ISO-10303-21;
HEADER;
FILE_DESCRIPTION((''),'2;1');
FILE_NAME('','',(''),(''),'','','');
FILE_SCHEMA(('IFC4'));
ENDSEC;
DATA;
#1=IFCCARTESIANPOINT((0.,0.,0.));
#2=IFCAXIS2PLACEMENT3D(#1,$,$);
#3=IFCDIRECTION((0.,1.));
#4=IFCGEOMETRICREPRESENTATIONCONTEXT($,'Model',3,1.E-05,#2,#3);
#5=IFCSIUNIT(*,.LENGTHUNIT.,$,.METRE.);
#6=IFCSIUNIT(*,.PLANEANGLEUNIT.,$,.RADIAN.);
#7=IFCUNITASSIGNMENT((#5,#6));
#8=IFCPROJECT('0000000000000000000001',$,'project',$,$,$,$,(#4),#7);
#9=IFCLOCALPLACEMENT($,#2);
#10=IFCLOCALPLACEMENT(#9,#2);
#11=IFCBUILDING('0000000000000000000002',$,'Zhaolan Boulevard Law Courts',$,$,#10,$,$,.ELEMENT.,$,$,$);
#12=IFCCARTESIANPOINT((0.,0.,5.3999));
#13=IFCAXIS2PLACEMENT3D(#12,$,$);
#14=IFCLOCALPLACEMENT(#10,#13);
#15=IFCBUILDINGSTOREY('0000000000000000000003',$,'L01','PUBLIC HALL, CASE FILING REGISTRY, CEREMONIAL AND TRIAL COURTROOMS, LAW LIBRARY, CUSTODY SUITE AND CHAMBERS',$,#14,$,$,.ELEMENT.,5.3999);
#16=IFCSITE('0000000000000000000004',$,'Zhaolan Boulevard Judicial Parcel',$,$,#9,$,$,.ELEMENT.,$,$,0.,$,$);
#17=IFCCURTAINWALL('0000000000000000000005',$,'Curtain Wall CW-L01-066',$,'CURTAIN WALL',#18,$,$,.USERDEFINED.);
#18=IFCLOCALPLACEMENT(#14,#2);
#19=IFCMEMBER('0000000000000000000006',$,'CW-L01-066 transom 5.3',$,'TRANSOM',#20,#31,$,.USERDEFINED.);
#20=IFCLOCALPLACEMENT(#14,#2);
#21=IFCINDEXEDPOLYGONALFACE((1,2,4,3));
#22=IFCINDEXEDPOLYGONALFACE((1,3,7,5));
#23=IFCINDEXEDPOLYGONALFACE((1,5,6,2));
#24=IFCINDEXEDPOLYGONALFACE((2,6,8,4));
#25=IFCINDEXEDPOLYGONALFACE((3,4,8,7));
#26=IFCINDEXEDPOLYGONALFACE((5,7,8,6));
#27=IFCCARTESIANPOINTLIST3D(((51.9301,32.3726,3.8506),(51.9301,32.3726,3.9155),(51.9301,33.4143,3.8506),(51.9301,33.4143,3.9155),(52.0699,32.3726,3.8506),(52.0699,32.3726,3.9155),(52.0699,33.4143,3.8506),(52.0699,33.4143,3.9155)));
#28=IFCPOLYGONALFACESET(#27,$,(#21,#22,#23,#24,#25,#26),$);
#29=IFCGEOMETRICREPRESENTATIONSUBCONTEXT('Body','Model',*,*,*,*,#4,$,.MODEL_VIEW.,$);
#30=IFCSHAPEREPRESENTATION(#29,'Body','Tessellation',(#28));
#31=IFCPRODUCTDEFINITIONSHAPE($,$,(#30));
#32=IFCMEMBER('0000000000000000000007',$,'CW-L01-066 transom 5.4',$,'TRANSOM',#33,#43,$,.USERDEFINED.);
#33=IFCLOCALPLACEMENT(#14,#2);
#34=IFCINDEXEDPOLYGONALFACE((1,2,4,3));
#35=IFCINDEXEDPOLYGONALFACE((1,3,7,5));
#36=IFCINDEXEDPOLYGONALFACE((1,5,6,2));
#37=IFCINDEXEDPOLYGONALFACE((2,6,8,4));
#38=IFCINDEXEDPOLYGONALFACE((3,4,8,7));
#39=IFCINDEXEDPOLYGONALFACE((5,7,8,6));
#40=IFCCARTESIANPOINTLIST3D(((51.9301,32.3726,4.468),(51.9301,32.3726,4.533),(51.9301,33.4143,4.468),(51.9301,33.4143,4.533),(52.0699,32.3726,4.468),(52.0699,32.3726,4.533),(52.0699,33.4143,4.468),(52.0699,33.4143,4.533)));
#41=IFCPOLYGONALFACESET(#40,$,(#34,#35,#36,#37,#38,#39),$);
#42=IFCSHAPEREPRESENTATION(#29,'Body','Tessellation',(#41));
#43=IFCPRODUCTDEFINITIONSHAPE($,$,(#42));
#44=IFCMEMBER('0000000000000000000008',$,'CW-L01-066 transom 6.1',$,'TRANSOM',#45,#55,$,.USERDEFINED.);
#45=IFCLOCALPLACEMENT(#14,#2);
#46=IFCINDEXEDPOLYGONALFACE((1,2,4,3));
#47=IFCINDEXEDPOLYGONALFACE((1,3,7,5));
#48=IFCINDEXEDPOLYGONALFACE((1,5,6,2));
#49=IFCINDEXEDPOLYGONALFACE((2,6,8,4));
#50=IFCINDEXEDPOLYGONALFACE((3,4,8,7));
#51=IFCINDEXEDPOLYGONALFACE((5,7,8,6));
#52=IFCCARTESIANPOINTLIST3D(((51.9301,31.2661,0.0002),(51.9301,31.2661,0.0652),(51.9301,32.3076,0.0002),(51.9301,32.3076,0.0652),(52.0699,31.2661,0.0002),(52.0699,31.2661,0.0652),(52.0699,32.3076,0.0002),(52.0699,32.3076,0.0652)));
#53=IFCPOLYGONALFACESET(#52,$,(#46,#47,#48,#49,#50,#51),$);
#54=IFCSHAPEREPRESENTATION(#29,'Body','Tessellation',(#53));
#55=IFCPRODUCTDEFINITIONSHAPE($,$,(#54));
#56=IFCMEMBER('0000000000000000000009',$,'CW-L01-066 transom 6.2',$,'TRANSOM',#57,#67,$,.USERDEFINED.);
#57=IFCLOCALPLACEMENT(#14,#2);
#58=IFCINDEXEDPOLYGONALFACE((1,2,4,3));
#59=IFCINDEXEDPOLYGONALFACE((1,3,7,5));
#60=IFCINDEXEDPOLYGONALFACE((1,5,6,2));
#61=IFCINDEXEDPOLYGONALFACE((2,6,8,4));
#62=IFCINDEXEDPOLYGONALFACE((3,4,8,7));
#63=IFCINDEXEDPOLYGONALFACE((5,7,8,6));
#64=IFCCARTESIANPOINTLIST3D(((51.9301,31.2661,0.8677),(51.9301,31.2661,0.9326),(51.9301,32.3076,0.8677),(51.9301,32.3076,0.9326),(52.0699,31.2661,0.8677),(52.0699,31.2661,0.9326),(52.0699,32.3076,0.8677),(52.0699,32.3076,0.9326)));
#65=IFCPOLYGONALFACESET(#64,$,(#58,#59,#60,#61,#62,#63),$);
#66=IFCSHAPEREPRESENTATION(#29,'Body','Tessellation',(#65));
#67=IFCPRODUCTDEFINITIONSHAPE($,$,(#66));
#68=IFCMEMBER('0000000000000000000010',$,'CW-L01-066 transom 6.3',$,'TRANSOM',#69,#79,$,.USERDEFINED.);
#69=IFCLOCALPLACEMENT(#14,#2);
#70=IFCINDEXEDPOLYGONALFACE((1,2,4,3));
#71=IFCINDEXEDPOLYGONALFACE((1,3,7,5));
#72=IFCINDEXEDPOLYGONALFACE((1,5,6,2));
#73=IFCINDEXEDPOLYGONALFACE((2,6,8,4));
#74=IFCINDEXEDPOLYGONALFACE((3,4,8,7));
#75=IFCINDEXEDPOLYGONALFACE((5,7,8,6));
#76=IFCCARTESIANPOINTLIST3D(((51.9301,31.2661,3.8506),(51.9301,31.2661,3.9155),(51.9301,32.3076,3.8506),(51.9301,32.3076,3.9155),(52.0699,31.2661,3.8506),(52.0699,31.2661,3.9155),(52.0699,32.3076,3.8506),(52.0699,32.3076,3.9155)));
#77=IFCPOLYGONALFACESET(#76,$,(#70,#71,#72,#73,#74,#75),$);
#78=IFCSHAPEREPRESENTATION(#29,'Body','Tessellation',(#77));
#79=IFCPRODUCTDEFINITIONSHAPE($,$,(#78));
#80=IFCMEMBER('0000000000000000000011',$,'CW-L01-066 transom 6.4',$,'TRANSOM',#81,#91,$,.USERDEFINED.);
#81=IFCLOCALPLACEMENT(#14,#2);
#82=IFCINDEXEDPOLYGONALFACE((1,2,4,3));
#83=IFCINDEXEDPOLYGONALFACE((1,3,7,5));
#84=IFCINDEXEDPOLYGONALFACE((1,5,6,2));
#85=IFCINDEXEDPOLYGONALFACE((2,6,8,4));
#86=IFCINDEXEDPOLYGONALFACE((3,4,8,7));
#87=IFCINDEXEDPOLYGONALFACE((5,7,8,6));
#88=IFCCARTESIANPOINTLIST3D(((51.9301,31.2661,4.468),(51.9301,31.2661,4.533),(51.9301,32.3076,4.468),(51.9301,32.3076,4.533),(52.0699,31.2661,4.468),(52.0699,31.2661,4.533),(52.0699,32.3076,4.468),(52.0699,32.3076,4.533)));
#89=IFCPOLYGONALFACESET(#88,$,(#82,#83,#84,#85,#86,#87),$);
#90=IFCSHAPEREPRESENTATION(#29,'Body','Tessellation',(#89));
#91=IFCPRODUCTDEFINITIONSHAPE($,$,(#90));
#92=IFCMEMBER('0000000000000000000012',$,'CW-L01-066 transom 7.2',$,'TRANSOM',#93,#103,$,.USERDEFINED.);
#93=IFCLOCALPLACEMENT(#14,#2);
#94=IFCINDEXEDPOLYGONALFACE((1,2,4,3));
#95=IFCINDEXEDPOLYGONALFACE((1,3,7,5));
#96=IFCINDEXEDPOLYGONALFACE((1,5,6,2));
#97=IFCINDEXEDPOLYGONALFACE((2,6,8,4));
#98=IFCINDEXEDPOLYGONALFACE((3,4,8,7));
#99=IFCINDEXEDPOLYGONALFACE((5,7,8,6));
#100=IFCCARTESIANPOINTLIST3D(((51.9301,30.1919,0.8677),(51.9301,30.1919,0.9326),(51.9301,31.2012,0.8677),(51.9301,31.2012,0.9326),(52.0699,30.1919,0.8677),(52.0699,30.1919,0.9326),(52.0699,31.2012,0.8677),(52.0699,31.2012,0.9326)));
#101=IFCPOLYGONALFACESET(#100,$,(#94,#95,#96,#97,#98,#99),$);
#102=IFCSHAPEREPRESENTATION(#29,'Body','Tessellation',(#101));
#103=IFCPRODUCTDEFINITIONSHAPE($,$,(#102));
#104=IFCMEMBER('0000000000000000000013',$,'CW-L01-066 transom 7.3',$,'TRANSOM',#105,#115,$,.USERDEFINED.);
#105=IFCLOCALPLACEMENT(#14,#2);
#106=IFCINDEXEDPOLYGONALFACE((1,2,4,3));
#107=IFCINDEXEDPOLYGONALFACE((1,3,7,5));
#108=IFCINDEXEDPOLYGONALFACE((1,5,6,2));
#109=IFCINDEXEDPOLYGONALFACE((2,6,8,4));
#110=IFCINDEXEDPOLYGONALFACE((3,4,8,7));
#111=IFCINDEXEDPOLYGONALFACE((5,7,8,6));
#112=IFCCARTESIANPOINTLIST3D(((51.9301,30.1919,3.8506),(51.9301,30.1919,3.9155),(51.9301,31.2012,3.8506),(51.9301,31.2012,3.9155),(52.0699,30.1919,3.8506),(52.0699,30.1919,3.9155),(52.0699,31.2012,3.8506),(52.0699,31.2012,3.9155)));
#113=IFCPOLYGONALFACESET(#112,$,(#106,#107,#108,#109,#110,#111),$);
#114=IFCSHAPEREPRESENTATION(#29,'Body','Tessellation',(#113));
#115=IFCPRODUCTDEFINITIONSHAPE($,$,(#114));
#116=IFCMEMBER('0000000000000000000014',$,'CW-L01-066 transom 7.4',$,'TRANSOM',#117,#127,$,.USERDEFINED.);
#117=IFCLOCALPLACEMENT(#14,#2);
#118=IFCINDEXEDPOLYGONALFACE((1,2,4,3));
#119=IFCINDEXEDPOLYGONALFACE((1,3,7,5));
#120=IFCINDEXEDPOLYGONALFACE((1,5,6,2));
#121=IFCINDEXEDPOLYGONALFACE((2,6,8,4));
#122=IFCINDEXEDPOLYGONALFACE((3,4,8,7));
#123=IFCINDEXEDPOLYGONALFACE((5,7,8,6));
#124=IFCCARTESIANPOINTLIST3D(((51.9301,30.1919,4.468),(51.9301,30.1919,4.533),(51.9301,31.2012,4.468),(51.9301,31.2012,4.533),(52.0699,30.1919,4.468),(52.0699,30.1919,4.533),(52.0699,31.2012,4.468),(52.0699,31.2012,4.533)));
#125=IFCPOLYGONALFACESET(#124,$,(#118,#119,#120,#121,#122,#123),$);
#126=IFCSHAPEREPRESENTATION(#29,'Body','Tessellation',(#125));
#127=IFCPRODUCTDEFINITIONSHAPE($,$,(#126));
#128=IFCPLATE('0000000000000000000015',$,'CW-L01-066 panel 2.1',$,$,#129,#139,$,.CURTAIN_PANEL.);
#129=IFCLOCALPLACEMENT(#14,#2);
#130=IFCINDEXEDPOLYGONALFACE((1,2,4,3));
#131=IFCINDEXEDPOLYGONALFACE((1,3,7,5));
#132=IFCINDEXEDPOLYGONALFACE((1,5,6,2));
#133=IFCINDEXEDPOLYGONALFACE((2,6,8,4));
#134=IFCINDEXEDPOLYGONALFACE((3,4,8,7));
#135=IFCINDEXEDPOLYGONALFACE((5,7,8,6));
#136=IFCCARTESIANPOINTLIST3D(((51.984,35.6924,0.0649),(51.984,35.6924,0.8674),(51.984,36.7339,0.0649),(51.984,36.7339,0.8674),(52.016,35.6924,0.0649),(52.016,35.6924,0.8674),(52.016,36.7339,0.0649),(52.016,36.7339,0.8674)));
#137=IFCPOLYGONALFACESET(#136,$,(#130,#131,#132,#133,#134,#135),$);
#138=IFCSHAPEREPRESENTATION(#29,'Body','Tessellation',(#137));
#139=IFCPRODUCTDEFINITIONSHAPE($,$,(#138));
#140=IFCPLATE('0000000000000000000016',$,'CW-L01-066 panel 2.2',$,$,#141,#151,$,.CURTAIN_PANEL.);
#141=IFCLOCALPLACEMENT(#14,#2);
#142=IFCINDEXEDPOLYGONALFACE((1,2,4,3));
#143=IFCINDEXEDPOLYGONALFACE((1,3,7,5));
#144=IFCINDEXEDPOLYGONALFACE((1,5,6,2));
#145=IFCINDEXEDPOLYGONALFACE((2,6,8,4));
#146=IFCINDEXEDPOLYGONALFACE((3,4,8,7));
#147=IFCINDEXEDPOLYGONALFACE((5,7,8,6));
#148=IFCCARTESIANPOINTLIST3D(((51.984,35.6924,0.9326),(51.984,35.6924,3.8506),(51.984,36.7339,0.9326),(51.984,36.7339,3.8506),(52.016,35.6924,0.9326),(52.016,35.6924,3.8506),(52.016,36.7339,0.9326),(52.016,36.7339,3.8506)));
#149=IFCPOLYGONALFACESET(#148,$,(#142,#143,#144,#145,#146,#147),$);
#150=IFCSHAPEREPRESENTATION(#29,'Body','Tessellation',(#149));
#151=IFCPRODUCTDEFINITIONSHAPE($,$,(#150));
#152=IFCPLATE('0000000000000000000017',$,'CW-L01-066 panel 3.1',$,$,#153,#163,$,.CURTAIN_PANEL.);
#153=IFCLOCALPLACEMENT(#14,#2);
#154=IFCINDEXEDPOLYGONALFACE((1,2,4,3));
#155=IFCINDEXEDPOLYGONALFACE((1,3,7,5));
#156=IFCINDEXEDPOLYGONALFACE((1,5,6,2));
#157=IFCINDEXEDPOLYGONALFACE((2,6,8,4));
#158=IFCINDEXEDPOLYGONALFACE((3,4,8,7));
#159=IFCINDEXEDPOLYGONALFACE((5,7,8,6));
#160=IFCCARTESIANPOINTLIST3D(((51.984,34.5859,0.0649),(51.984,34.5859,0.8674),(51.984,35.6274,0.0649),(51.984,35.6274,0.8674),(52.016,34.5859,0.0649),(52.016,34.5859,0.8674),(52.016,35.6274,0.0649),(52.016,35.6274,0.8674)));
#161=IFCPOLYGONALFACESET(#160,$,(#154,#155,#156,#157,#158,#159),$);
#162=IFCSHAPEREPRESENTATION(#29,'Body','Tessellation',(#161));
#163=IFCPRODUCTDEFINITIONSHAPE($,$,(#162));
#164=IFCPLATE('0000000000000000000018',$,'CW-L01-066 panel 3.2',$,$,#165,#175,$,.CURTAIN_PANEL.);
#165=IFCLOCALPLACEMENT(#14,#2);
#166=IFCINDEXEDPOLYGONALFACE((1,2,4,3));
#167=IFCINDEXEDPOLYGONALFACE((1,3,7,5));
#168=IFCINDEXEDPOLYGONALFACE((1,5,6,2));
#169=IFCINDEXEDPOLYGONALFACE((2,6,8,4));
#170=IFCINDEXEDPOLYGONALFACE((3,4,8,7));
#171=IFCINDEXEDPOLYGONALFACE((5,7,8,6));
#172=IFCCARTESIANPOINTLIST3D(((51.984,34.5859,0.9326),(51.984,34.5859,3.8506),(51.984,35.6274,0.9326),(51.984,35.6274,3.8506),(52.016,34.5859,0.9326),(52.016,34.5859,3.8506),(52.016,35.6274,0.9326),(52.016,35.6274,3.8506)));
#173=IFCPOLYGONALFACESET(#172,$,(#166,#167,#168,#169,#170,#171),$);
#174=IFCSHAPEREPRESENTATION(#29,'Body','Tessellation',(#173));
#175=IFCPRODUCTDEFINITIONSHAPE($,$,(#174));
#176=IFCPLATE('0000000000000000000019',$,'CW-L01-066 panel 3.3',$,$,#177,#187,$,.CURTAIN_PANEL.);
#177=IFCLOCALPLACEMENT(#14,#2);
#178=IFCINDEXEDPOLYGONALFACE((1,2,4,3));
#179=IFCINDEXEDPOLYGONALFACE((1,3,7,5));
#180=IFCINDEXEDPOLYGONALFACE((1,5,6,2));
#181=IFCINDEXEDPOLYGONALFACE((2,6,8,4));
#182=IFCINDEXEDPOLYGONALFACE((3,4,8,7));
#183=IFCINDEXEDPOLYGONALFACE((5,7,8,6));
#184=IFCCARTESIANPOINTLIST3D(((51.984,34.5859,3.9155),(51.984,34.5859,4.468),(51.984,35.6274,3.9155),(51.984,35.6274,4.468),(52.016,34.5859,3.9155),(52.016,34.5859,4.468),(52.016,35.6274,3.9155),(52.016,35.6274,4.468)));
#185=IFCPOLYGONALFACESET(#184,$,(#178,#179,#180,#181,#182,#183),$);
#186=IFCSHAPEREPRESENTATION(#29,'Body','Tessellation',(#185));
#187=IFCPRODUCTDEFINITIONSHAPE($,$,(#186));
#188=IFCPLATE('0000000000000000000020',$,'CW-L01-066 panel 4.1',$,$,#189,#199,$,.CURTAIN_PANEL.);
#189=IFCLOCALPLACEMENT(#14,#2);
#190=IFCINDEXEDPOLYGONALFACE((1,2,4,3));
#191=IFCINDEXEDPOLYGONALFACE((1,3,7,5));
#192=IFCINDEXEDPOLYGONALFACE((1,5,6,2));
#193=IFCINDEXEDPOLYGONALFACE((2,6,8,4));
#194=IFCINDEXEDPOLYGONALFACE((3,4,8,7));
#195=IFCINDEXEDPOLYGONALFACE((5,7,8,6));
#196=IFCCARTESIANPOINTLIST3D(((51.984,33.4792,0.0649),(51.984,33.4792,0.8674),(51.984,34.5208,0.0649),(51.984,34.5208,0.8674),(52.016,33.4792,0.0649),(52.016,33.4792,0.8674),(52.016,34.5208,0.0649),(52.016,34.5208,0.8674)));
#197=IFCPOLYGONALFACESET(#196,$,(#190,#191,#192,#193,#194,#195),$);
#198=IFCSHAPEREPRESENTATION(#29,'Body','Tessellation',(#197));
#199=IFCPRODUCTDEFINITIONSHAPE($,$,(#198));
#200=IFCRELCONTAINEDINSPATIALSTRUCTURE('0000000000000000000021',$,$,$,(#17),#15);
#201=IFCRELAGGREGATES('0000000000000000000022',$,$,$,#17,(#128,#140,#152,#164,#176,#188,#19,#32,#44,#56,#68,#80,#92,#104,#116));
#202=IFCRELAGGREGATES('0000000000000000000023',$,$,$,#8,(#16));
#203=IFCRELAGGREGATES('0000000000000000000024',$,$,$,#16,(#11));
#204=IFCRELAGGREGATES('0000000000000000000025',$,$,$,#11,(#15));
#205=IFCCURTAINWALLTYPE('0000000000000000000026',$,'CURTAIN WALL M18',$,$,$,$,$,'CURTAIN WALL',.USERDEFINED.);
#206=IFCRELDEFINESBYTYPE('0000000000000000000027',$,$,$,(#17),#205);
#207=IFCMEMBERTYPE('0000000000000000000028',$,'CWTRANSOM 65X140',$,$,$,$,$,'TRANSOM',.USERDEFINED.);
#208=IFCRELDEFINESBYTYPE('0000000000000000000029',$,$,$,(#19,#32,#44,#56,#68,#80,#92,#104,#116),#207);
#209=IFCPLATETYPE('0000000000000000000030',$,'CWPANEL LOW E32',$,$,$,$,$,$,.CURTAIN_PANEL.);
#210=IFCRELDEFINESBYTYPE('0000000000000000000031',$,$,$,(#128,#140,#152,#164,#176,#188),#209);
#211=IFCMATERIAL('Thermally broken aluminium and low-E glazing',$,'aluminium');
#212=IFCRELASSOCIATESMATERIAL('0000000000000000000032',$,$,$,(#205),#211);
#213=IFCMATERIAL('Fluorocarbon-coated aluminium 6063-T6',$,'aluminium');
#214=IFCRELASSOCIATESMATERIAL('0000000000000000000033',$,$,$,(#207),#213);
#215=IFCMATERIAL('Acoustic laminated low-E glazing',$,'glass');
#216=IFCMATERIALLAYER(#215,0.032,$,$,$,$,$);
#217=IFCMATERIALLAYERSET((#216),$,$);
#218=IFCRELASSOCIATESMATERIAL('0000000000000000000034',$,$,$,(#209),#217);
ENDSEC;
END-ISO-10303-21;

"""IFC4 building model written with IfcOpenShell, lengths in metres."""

from ifc_helpers import new_model, si_unit, direction, frame, origin, origin_2d, place, context, subcontext, project, spatial, rectangle, extrude, material, layer, layer_set, material_profile, profile_set, type_object, element, aggregate, save


model = new_model("IFC4")

# Units and contexts
model_context = context("Model", 3, precision=1e-05, world=origin(), true_north=direction((0.0, 1.0)))
body_context = subcontext(model_context, "Body", "Model", "MODEL_VIEW")
ifc_project = project(units=[si_unit("LENGTHUNIT", "METRE"), si_unit("PLANEANGLEUNIT", "RADIAN")], contexts=[model_context])

# Site, building, storey
site_placement = place(None, origin())
site = spatial("IfcSite", under=ifc_project, at=site_placement, Name="Zhaolan Boulevard Judicial Parcel", CompositionType="ELEMENT", RefElevation=0.0)
building_placement = place(site_placement, origin())
building = spatial("IfcBuilding", under=site, at=building_placement, Name="Zhaolan Boulevard Law Courts", CompositionType="ELEMENT")
storey_placement = place(building_placement, frame((0.0, 0.0, 5.3999)))
storey = spatial("IfcBuildingStorey", under=building, at=storey_placement, Name="L01", Description="PUBLIC HALL, CASE FILING REGISTRY, CEREMONIAL AND TRIAL COURTROOMS, LAW LIBRARY, CUSTODY SUITE AND CHAMBERS", CompositionType="ELEMENT", Elevation=5.3999)

# Curtain wall, members, plates
ifc_material_1 = material(Name="Thermally broken aluminium and low-E glazing", Category="aluminium")
curtain_wall_type = type_object("IfcCurtainWallType", Name="CURTAIN WALL M18", ElementType="CURTAIN WALL", PredefinedType="USERDEFINED", material=ifc_material_1)
curtain_wall_placement = place(storey_placement, origin())
curtain_wall = element("IfcCurtainWall", 1, at=curtain_wall_placement, inside=storey, type_object=curtain_wall_type, Name="Curtain Wall CW-L01-066", ObjectType="CURTAIN WALL", PredefinedType="USERDEFINED")
ifc_material_2 = material(Name="Fluorocarbon-coated aluminium 6063-T6", Category="aluminium")
ifc_material_profile_1 = material_profile(ifc_material_2, rectangle(XDim=0.1399, YDim=0.0649, at=origin_2d()), Name="AL65x140")
ifc_profile_set_1 = profile_set([ifc_material_profile_1], Name="Fluorocarbon-coated aluminium 6063-T6")
member_type_1 = type_object("IfcMemberType", Name="CWTRANSOM 65X140", ElementType="TRANSOM", PredefinedType="USERDEFINED", material=ifc_profile_set_1)
member_1_placement = place(storey_placement, frame((52.0, 33.4143, 3.8831), z_axis=(0.0, -1.0, 0.0), x_axis=(1.0, 0.0, 0.0)))
member_1 = element("IfcMember", 2, at=member_1_placement, type_object=member_type_1, Name="CW-L01-066 transom 5.3", ObjectType="TRANSOM", PredefinedType="USERDEFINED", context=body_context, shape_type="SweptSolid", body=[
    extrude(rectangle(XDim=0.1399, YDim=0.0649, at=origin_2d()), origin(), (0.0, 0.0, 1.0), 1.0417),
])
member_2_placement = place(storey_placement, frame((52.0, 33.4143, 4.5005), z_axis=(0.0, -1.0, 0.0), x_axis=(1.0, 0.0, 0.0)))
member_2 = element("IfcMember", 3, at=member_2_placement, type_object=member_type_1, Name="CW-L01-066 transom 5.4", ObjectType="TRANSOM", PredefinedType="USERDEFINED", context=body_context, shape_type="SweptSolid", body=[
    extrude(rectangle(XDim=0.1399, YDim=0.0649, at=origin_2d()), origin(), (0.0, 0.0, 1.0), 1.0417),
])
member_3_placement = place(storey_placement, frame((52.0, 32.3076, 0.0327), z_axis=(0.0, -1.0, 0.0), x_axis=(1.0, 0.0, 0.0)))
member_3 = element("IfcMember", 4, at=member_3_placement, type_object=member_type_1, Name="CW-L01-066 transom 6.1", ObjectType="TRANSOM", PredefinedType="USERDEFINED", context=body_context, shape_type="SweptSolid", body=[
    extrude(rectangle(XDim=0.1399, YDim=0.0649, at=origin_2d()), origin(), (0.0, 0.0, 1.0), 1.0415),
])
member_4_placement = place(storey_placement, frame((52.0, 32.3076, 0.9001), z_axis=(0.0, -1.0, 0.0), x_axis=(1.0, 0.0, 0.0)))
member_4 = element("IfcMember", 5, at=member_4_placement, type_object=member_type_1, Name="CW-L01-066 transom 6.2", ObjectType="TRANSOM", PredefinedType="USERDEFINED", context=body_context, shape_type="SweptSolid", body=[
    extrude(rectangle(XDim=0.1399, YDim=0.0649, at=origin_2d()), origin(), (0.0, 0.0, 1.0), 1.0415),
])
member_5_placement = place(storey_placement, frame((52.0, 32.3076, 3.8831), z_axis=(0.0, -1.0, 0.0), x_axis=(1.0, 0.0, 0.0)))
member_5 = element("IfcMember", 6, at=member_5_placement, type_object=member_type_1, Name="CW-L01-066 transom 6.3", ObjectType="TRANSOM", PredefinedType="USERDEFINED", context=body_context, shape_type="SweptSolid", body=[
    extrude(rectangle(XDim=0.1399, YDim=0.0649, at=origin_2d()), origin(), (0.0, 0.0, 1.0), 1.0415),
])
member_6_placement = place(storey_placement, frame((52.0, 32.3076, 4.5005), z_axis=(0.0, -1.0, 0.0), x_axis=(1.0, 0.0, 0.0)))
member_6 = element("IfcMember", 7, at=member_6_placement, type_object=member_type_1, Name="CW-L01-066 transom 6.4", ObjectType="TRANSOM", PredefinedType="USERDEFINED", context=body_context, shape_type="SweptSolid", body=[
    extrude(rectangle(XDim=0.1399, YDim=0.0649, at=origin_2d()), origin(), (0.0, 0.0, 1.0), 1.0415),
])
member_7_placement = place(storey_placement, frame((52.0, 31.2012, 0.9001), z_axis=(0.0, -1.0, 0.0), x_axis=(1.0, 0.0, 0.0)))
member_7 = element("IfcMember", 8, at=member_7_placement, type_object=member_type_1, Name="CW-L01-066 transom 7.2", ObjectType="TRANSOM", PredefinedType="USERDEFINED", context=body_context, shape_type="SweptSolid", body=[
    extrude(rectangle(XDim=0.1399, YDim=0.0649, at=origin_2d()), origin(), (0.0, 0.0, 1.0), 1.0093),
])
member_8_placement = place(storey_placement, frame((52.0, 31.2012, 3.8831), z_axis=(0.0, -1.0, 0.0), x_axis=(1.0, 0.0, 0.0)))
member_8 = element("IfcMember", 9, at=member_8_placement, type_object=member_type_1, Name="CW-L01-066 transom 7.3", ObjectType="TRANSOM", PredefinedType="USERDEFINED", context=body_context, shape_type="SweptSolid", body=[
    extrude(rectangle(XDim=0.1399, YDim=0.0649, at=origin_2d()), origin(), (0.0, 0.0, 1.0), 1.0093),
])
member_9_placement = place(storey_placement, frame((52.0, 31.2012, 4.5005), z_axis=(0.0, -1.0, 0.0), x_axis=(1.0, 0.0, 0.0)))
member_9 = element("IfcMember", 10, at=member_9_placement, type_object=member_type_1, Name="CW-L01-066 transom 7.4", ObjectType="TRANSOM", PredefinedType="USERDEFINED", context=body_context, shape_type="SweptSolid", body=[
    extrude(rectangle(XDim=0.1399, YDim=0.0649, at=origin_2d()), origin(), (0.0, 0.0, 1.0), 1.0093),
])
ifc_material_3 = material(Name="Acoustic laminated low-E glazing", Category="glass")
ifc_layer = layer(ifc_material_3, 0.032)
ifc_layer_set = layer_set([ifc_layer])
plate_type = type_object("IfcPlateType", Name="CWPANEL LOW E32", PredefinedType="CURTAIN_PANEL", material=ifc_layer_set)
plate_1_placement = place(storey_placement, frame((52.0, 36.2131, 0.0649), z_axis=(0.0, 0.0, 1.0), x_axis=(0.0, -1.0, 0.0)))
plate_1 = element("IfcPlate", 11, at=plate_1_placement, type_object=plate_type, Name="CW-L01-066 panel 2.1", PredefinedType="CURTAIN_PANEL", context=body_context, shape_type="SweptSolid", body=[
    extrude(rectangle(XDim=1.0415, YDim=0.032, at=origin_2d()), origin(), (0.0, 0.0, 1.0), 0.8025),
])
plate_2_placement = place(storey_placement, frame((52.0, 36.2131, 0.9326), z_axis=(0.0, 0.0, 1.0), x_axis=(0.0, -1.0, 0.0)))
plate_2 = element("IfcPlate", 12, at=plate_2_placement, type_object=plate_type, Name="CW-L01-066 panel 2.2", PredefinedType="CURTAIN_PANEL", context=body_context, shape_type="SweptSolid", body=[
    extrude(rectangle(XDim=1.0415, YDim=0.032, at=origin_2d()), origin(), (0.0, 0.0, 1.0), 2.918),
])
plate_3_placement = place(storey_placement, frame((52.0, 35.1067, 0.0649), z_axis=(0.0, 0.0, 1.0), x_axis=(0.0, -1.0, 0.0)))
plate_3 = element("IfcPlate", 13, at=plate_3_placement, type_object=plate_type, Name="CW-L01-066 panel 3.1", PredefinedType="CURTAIN_PANEL", context=body_context, shape_type="SweptSolid", body=[
    extrude(rectangle(XDim=1.0415, YDim=0.032, at=origin_2d()), origin(), (0.0, 0.0, 1.0), 0.8025),
])
plate_4_placement = place(storey_placement, frame((52.0, 35.1067, 0.9326), z_axis=(0.0, 0.0, 1.0), x_axis=(0.0, -1.0, 0.0)))
plate_4 = element("IfcPlate", 14, at=plate_4_placement, type_object=plate_type, Name="CW-L01-066 panel 3.2", PredefinedType="CURTAIN_PANEL", context=body_context, shape_type="SweptSolid", body=[
    extrude(rectangle(XDim=1.0415, YDim=0.032, at=origin_2d()), origin(), (0.0, 0.0, 1.0), 2.918),
])
plate_5_placement = place(storey_placement, frame((52.0, 35.1067, 3.9155), z_axis=(0.0, 0.0, 1.0), x_axis=(0.0, -1.0, 0.0)))
plate_5 = element("IfcPlate", 15, at=plate_5_placement, type_object=plate_type, Name="CW-L01-066 panel 3.3", PredefinedType="CURTAIN_PANEL", context=body_context, shape_type="SweptSolid", body=[
    extrude(rectangle(XDim=1.0415, YDim=0.032, at=origin_2d()), origin(), (0.0, 0.0, 1.0), 0.5525),
])
plate_6_placement = place(storey_placement, frame((52.0, 34.0, 0.0649), z_axis=(0.0, 0.0, 1.0), x_axis=(0.0, -1.0, 0.0)))
plate_6 = element("IfcPlate", 16, at=plate_6_placement, type_object=plate_type, Name="CW-L01-066 panel 4.1", PredefinedType="CURTAIN_PANEL", context=body_context, shape_type="SweptSolid", body=[
    extrude(rectangle(XDim=1.0415, YDim=0.032, at=origin_2d()), origin(), (0.0, 0.0, 1.0), 0.8025),
])
aggregate(curtain_wall, [plate_1, plate_2, plate_3, plate_4, plate_5, plate_6, member_1, member_2, member_3, member_4, member_5, member_6, member_7, member_8, member_9])

save(model, "model.ifc")
